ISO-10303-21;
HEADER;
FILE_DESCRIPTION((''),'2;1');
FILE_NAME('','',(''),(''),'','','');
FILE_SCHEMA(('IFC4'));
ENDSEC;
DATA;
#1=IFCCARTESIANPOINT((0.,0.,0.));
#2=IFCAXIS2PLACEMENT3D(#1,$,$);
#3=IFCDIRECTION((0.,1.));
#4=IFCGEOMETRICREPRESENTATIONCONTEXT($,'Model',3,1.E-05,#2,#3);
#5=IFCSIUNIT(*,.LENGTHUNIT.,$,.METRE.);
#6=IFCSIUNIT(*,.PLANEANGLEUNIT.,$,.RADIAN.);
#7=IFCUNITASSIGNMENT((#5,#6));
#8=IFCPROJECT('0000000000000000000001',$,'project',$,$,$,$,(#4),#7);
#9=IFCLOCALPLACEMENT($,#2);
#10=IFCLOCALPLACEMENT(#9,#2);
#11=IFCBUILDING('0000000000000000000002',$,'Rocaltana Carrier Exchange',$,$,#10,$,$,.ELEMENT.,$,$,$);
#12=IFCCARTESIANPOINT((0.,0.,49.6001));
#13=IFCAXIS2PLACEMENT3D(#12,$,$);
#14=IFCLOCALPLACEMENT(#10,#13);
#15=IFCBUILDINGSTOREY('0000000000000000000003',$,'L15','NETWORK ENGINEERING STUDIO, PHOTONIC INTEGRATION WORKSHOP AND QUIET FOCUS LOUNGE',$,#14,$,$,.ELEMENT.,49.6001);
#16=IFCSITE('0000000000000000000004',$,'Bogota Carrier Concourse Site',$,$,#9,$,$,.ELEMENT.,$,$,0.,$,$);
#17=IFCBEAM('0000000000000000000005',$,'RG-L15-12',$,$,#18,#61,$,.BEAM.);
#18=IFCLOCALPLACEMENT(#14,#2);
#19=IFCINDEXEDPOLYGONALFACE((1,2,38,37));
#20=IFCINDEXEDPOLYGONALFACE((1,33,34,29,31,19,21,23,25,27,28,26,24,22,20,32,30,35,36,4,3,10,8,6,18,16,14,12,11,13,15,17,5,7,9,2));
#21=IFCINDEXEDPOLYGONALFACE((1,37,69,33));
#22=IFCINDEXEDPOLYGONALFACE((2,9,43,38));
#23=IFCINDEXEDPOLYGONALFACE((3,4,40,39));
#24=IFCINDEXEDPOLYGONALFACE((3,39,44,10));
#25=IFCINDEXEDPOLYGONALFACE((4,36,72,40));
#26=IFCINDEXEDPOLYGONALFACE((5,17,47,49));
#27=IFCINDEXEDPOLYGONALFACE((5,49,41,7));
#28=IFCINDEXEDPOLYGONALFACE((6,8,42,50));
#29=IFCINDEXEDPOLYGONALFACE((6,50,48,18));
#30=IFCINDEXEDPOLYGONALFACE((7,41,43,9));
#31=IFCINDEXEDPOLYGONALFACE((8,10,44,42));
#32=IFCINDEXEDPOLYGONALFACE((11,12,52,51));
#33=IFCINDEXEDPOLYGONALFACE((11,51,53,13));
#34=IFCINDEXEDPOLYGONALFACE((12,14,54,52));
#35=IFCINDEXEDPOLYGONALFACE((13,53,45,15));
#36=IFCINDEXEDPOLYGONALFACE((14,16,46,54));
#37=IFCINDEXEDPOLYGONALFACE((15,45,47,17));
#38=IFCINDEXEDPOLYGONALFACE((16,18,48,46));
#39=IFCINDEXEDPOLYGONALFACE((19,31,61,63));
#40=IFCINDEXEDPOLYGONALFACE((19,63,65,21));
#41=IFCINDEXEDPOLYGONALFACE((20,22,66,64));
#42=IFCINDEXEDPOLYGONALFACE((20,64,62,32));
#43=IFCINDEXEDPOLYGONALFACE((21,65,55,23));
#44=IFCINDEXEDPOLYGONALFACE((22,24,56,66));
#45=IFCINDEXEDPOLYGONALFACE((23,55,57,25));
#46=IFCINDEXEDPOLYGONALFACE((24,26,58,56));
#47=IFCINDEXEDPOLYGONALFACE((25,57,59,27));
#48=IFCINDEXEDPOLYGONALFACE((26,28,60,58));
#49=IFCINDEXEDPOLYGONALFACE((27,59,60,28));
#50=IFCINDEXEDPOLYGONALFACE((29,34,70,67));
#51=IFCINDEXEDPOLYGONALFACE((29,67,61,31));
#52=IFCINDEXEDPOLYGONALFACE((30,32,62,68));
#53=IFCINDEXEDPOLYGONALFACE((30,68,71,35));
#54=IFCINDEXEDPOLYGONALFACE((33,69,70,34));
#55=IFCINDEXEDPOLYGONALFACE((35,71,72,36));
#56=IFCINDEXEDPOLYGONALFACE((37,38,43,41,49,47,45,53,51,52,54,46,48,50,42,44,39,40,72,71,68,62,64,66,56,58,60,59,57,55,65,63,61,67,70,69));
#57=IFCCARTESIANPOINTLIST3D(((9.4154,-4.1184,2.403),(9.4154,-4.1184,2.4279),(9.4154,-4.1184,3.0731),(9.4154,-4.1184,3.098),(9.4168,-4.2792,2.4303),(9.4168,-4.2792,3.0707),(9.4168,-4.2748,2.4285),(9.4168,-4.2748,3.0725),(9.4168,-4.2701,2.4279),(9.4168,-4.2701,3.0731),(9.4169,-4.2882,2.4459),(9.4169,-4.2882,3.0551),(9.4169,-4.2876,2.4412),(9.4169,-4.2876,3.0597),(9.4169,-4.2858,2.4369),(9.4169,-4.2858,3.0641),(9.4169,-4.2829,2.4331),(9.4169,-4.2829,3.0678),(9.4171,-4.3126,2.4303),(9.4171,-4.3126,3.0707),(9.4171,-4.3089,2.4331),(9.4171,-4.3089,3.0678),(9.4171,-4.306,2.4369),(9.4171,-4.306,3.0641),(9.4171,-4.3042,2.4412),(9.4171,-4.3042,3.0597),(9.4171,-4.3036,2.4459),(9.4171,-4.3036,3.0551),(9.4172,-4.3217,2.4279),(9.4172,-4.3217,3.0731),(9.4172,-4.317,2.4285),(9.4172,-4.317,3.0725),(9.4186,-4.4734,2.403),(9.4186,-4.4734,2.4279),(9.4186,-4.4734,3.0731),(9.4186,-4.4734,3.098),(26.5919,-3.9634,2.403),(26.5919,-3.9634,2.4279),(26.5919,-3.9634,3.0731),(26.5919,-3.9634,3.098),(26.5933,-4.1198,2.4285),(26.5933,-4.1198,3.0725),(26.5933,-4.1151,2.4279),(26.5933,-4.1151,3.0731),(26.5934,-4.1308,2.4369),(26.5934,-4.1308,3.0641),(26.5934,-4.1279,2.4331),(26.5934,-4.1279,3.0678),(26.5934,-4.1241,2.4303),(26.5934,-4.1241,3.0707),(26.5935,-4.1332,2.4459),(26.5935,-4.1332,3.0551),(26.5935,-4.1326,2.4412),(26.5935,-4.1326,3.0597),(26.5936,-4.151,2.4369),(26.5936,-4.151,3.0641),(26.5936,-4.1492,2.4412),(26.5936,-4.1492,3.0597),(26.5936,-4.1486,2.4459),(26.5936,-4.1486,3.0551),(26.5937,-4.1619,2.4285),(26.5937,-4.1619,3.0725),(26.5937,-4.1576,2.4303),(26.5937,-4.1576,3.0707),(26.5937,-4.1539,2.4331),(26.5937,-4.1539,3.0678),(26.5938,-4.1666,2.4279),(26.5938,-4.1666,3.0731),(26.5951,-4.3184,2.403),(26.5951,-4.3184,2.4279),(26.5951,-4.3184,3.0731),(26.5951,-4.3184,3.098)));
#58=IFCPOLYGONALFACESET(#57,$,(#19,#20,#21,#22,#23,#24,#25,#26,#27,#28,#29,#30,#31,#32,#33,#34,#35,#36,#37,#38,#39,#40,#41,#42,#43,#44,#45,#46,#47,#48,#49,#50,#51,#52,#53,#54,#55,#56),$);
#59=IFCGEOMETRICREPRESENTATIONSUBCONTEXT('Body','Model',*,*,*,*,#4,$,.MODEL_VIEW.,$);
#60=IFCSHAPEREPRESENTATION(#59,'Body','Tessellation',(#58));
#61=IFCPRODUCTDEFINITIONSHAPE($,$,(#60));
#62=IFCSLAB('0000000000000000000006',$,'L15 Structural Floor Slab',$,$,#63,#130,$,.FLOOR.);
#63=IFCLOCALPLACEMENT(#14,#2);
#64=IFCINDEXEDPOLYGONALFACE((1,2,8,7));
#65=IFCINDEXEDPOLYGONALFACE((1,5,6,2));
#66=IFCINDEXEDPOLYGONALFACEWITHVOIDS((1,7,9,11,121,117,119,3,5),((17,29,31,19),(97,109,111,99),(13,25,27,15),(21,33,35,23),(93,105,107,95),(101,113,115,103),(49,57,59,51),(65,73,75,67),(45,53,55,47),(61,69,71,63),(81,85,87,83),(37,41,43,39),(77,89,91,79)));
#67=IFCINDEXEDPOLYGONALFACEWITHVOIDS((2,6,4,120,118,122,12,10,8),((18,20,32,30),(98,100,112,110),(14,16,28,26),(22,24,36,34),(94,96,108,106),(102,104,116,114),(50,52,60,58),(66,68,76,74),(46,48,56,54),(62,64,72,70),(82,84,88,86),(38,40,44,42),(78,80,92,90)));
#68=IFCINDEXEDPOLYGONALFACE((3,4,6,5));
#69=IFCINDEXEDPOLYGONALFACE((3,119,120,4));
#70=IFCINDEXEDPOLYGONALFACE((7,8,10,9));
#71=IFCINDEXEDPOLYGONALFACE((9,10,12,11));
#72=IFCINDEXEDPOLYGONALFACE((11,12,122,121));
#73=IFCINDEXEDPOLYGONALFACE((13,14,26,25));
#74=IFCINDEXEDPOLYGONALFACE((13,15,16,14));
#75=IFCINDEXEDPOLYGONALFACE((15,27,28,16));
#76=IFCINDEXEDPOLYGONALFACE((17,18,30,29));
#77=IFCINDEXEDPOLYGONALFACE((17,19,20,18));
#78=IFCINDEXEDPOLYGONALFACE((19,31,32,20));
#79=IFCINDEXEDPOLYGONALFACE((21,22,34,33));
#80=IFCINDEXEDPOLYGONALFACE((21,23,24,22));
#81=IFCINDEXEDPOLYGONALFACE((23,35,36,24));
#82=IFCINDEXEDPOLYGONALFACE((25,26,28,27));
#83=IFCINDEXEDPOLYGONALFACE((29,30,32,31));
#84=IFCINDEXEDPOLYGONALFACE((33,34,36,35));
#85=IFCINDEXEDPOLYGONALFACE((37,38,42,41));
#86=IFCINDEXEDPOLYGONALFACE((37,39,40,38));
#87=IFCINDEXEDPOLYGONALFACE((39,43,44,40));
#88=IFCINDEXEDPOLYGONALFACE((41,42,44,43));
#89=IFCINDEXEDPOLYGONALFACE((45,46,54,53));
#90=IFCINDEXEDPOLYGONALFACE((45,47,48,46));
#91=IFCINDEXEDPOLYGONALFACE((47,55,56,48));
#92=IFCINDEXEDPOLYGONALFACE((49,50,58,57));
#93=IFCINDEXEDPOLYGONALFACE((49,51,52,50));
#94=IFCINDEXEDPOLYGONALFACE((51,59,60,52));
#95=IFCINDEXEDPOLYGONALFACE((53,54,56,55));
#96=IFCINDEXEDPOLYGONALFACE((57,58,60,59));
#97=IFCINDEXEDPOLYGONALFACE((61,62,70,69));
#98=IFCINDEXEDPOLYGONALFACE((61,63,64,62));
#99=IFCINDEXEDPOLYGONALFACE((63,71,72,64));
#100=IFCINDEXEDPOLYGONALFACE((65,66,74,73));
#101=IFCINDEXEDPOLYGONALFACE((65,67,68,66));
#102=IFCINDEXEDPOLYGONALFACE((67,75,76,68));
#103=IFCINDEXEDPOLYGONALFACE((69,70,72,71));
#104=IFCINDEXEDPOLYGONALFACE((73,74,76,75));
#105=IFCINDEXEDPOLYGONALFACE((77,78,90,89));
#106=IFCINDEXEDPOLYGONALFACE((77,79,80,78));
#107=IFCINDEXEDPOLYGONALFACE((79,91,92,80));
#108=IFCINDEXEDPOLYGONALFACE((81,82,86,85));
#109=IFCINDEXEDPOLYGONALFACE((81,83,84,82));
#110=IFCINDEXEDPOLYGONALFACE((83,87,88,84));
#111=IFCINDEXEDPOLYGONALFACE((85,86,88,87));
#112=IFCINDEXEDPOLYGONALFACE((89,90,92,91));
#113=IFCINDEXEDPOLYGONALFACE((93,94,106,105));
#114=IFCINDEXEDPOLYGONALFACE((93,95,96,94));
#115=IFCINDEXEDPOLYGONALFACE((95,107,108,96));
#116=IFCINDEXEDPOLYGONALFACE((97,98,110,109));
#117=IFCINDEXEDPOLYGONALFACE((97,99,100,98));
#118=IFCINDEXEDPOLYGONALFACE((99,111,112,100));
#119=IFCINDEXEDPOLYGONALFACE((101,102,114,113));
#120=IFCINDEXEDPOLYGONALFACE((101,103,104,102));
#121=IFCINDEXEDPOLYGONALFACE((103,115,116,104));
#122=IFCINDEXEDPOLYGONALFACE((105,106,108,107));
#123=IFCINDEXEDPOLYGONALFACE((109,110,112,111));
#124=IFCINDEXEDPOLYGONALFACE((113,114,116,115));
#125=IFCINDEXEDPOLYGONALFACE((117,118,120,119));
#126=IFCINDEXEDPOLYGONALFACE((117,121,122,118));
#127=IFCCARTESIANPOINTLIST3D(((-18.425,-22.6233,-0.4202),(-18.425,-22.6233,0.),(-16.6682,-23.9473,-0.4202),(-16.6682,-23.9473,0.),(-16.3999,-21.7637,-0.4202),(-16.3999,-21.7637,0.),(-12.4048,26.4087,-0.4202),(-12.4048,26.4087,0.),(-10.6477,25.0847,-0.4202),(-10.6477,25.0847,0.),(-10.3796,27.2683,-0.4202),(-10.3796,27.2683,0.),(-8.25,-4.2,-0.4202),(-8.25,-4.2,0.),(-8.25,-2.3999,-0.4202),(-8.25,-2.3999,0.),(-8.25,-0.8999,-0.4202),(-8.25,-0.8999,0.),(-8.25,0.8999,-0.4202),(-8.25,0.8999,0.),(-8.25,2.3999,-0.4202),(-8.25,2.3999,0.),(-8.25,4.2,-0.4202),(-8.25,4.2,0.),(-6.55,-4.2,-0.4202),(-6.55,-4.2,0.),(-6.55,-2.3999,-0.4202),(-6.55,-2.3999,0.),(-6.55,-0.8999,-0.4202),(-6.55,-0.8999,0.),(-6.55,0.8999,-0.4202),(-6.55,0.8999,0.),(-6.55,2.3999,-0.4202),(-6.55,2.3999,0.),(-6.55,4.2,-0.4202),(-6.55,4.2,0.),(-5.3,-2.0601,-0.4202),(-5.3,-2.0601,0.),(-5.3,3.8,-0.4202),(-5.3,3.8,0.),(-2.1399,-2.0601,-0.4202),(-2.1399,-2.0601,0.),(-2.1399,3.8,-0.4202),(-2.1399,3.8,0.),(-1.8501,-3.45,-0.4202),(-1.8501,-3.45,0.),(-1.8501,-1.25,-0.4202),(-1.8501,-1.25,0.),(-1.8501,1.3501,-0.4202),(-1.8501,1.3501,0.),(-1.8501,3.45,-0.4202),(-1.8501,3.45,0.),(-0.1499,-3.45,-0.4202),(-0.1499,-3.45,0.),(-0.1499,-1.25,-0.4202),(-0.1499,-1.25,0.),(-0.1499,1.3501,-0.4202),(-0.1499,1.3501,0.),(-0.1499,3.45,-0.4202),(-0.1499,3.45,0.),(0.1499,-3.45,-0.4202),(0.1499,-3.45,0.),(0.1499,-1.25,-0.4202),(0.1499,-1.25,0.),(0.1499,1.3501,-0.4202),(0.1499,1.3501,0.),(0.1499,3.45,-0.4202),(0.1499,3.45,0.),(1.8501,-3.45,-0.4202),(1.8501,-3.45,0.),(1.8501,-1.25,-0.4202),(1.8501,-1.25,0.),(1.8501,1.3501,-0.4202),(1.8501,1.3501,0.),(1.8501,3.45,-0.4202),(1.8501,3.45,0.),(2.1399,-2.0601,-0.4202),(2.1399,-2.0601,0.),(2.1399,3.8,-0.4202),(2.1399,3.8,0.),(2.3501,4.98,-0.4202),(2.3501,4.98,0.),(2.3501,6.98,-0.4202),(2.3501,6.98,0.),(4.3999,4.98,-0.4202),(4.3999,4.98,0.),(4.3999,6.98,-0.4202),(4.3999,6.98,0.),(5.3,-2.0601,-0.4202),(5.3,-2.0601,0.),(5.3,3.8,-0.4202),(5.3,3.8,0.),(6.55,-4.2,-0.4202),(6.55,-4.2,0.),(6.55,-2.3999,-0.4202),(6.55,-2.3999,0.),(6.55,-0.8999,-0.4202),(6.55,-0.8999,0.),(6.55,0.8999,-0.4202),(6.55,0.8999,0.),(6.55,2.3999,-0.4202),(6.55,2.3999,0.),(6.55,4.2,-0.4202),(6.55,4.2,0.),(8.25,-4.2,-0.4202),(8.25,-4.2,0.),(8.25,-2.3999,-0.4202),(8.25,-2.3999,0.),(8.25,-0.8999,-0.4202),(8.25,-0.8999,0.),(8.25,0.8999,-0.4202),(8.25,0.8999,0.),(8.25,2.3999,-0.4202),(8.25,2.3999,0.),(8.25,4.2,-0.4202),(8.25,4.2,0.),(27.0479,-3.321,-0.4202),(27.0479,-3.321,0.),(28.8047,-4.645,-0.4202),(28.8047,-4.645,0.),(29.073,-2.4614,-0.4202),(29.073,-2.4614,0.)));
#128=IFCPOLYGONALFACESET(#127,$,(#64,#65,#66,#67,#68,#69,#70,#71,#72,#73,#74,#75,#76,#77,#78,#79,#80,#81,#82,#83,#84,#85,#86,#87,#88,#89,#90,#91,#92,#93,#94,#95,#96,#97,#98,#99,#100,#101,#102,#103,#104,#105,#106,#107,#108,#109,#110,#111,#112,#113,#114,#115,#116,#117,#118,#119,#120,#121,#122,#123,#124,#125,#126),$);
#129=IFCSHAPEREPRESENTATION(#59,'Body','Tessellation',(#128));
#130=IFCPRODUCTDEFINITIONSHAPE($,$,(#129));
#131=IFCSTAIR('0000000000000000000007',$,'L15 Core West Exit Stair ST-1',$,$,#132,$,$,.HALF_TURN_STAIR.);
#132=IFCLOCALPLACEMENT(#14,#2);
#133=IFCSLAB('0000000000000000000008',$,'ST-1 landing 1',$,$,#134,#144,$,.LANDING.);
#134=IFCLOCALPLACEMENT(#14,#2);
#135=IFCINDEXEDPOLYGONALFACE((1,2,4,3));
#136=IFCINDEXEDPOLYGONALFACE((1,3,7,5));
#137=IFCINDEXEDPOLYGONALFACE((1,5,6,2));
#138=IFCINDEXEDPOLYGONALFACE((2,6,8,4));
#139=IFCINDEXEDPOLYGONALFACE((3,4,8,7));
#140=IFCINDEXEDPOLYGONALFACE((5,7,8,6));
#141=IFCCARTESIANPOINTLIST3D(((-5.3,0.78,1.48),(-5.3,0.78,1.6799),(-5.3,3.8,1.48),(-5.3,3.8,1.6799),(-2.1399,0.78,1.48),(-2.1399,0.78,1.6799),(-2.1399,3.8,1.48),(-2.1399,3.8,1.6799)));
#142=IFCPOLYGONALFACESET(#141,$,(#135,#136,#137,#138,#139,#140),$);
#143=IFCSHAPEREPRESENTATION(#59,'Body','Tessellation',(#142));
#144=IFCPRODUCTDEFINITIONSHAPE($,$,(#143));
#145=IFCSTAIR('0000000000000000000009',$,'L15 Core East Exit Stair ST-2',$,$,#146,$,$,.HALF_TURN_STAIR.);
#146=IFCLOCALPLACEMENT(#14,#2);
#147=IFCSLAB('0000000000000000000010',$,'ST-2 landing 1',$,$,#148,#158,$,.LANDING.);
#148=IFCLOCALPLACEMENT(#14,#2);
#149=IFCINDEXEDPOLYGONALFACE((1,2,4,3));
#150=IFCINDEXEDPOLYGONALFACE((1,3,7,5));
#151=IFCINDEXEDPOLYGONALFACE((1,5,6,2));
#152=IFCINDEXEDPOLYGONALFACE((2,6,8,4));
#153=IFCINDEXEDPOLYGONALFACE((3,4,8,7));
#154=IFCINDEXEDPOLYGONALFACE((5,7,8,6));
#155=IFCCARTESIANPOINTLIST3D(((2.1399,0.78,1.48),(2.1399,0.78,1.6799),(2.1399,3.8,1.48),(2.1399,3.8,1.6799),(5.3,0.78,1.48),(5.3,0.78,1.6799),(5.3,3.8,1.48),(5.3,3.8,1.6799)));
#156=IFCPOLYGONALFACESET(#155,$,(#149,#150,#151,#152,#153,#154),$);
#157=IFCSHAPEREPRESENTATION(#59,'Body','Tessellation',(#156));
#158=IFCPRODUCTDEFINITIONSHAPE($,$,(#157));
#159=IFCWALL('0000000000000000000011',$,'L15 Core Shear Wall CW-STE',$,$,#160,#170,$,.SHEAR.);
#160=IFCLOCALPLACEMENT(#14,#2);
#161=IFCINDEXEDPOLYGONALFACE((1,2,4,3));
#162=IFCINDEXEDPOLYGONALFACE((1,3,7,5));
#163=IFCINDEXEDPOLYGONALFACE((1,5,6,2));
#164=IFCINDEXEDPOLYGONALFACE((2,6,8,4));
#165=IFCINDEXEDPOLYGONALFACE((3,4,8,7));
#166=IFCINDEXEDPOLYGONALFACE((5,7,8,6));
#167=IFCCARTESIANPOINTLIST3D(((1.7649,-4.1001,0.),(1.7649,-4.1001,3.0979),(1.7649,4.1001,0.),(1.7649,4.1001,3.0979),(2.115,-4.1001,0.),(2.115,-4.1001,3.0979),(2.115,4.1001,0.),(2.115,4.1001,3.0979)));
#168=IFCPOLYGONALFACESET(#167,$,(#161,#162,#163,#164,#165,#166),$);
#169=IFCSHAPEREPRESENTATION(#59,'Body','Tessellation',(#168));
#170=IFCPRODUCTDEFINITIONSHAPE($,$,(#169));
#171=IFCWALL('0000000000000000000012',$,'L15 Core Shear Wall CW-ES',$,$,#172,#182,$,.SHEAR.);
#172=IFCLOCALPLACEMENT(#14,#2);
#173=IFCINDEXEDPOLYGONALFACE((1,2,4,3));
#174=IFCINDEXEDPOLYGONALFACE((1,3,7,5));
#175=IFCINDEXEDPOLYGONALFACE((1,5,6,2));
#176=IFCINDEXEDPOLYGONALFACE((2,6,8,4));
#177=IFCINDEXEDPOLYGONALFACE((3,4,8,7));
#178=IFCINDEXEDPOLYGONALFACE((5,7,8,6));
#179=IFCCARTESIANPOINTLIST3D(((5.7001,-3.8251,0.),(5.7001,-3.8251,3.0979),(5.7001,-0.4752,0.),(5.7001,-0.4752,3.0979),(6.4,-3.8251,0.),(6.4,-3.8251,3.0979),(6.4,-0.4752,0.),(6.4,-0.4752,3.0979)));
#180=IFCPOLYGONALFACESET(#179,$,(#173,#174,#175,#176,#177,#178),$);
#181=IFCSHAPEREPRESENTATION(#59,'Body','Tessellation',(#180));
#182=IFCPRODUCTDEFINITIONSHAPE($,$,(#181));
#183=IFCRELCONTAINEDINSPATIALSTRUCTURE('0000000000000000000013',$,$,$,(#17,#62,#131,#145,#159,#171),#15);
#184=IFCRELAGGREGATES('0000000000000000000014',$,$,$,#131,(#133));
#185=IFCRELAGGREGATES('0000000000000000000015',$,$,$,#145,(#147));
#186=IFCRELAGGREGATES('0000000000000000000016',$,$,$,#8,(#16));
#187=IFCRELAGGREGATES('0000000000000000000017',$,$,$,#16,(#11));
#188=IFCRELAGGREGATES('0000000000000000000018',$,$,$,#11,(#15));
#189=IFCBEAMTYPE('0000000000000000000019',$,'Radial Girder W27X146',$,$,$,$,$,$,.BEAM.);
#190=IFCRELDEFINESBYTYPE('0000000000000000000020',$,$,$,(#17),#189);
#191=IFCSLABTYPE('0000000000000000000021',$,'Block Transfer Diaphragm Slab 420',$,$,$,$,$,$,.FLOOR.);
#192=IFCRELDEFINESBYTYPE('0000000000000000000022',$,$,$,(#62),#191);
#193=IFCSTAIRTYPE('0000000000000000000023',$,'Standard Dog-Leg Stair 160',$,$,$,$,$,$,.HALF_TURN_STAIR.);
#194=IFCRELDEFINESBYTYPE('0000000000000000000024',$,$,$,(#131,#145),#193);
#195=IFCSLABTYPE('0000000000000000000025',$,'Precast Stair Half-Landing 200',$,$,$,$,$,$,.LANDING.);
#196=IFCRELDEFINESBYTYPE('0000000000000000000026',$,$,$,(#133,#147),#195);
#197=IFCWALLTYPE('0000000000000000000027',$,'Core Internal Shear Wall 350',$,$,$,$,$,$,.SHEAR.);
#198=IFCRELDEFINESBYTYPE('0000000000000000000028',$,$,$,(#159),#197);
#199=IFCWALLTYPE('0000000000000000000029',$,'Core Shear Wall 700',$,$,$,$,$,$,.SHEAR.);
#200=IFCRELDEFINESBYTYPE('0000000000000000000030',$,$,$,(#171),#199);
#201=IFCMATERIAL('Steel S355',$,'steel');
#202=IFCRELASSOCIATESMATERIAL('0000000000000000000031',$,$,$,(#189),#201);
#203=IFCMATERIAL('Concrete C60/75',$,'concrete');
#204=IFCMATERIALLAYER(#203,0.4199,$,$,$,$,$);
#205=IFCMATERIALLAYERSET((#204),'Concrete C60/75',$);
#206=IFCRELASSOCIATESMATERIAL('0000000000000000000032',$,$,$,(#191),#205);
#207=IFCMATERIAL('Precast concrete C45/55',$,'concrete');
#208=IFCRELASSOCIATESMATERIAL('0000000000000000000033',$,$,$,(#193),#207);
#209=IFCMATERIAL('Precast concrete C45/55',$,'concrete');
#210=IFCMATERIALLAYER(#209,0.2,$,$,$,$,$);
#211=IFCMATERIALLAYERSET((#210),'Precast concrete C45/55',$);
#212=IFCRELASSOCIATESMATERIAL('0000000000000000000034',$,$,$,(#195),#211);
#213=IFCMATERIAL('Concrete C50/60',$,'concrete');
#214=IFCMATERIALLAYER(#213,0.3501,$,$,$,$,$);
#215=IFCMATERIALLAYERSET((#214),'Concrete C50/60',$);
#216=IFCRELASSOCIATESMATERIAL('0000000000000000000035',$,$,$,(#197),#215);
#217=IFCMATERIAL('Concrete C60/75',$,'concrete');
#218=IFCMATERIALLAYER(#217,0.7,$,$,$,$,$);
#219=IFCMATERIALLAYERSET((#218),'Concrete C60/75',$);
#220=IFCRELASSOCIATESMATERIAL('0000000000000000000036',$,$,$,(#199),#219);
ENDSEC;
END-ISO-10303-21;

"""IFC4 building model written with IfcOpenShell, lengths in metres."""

from ifc_helpers import new_model, si_unit, direction, frame, frame_2d, origin, origin_2d, place, context, subcontext, project, spatial, polyline, rectangle, i_section, outline, extrude, material, layer, layer_set, material_profile, profile_set, type_object, element, aggregate, save


model = new_model("IFC4")

# Units and contexts
model_context = context("Model", 3, precision=1e-05, world=origin(), true_north=direction((0.0, 1.0)))
body_context = subcontext(model_context, "Body", "Model", "MODEL_VIEW")
ifc_project = project(units=[si_unit("LENGTHUNIT", "METRE"), si_unit("PLANEANGLEUNIT", "RADIAN")], contexts=[model_context])

# Site, building, storey
site_placement = place(None, origin())
site = spatial("IfcSite", under=ifc_project, at=site_placement, Name="Bogota Carrier Concourse Site", CompositionType="ELEMENT", RefElevation=0.0)
building_placement = place(site_placement, origin())
building = spatial("IfcBuilding", under=site, at=building_placement, Name="Rocaltana Carrier Exchange", CompositionType="ELEMENT")
storey_placement = place(building_placement, frame((0.0, 0.0, 49.6001)))
storey = spatial("IfcBuildingStorey", under=building, at=storey_placement, Name="L15", Description="NETWORK ENGINEERING STUDIO, PHOTONIC INTEGRATION WORKSHOP AND QUIET FOCUS LOUNGE", CompositionType="ELEMENT", Elevation=49.6001)

# Beam
ifc_material_1 = material(Name="Steel S355", Category="steel")
ifc_material_profile_1 = material_profile(ifc_material_1, i_section(OverallWidth=0.355, OverallDepth=0.6951, WebThickness=0.0154, FlangeThickness=0.0249, FilletRadius=0.0181, at=origin_2d()), Name="W27X146")
ifc_profile_set_1 = profile_set([ifc_material_profile_1], Name="Steel S355")
beam_type = type_object("IfcBeamType", Name="Radial Girder W27X146", PredefinedType="BEAM", material=ifc_profile_set_1)
beam_1_placement = place(storey_placement, frame((9.417, -4.2959, 2.7505), z_axis=(0.999959, 0.009025, 0.0), x_axis=(-0.009025, 0.999959, 0.0)))
element("IfcBeam", 1, at=beam_1_placement, inside=storey, type_object=beam_type, Name="RG-L15-12", PredefinedType="BEAM", context=body_context, shape_type="SweptSolid", body=[
    extrude(i_section(OverallWidth=0.355, OverallDepth=0.6951, WebThickness=0.0154, FlangeThickness=0.0249, FilletRadius=0.0181, at=origin_2d()), origin(), (0.0, 0.0, 1.0), 17.1772),
])

# Slab
ifc_material_2 = material(Name="Concrete C60/75", Category="concrete")
ifc_layer_1 = layer(ifc_material_2, 0.4199)
ifc_layer_set_1 = layer_set([ifc_layer_1], Name="Concrete C60/75")
slab_type_1 = type_object("IfcSlabType", Name="Block Transfer Diaphragm Slab 420", PredefinedType="FLOOR", material=ifc_layer_set_1)
slab_1_placement = place(storey_placement, frame((0.0, 0.0, -0.4202)))
element("IfcSlab", 2, at=slab_1_placement, inside=storey, type_object=slab_type_1, Name="L15 Structural Floor Slab", PredefinedType="FLOOR", context=body_context, shape_type="SweptSolid", body=[
    extrude(outline(polyline([(28.8047, -4.645), (27.0479, -3.321), (29.073, -2.4614), (-10.3796, 27.2683), (-10.6477, 25.0847), (-12.4048, 26.4087), (-18.425, -22.6233), (-16.3999, -21.7637), (-16.6682, -23.9473), (28.8047, -4.645)]), holes=[polyline([(-5.3, -2.0601), (-2.1399, -2.0601), (-2.1399, 3.8), (-5.3, 3.8), (-5.3, -2.0601)]), polyline([(2.1399, -2.0601), (5.3, -2.0601), (5.3, 3.8), (2.1399, 3.8), (2.1399, -2.0601)]), polyline([(-1.8501, -3.45), (-0.1499, -3.45), (-0.1499, -1.25), (-1.8501, -1.25), (-1.8501, -3.45)]), polyline([(0.1499, -3.45), (1.8501, -3.45), (1.8501, -1.25), (0.1499, -1.25), (0.1499, -3.45)]), polyline([(2.3501, 4.98), (4.3999, 4.98), (4.3999, 6.98), (2.3501, 6.98), (2.3501, 4.98)]), polyline([(-1.8501, 1.3501), (-0.1499, 1.3501), (-0.1499, 3.45), (-1.8501, 3.45), (-1.8501, 1.3501)]), polyline([(0.1499, 1.3501), (1.8501, 1.3501), (1.8501, 3.45), (0.1499, 3.45), (0.1499, 1.3501)]), polyline([(-8.25, -4.2), (-6.55, -4.2), (-6.55, -2.3999), (-8.25, -2.3999), (-8.25, -4.2)]), polyline([(-8.25, -0.8999), (-6.55, -0.8999), (-6.55, 0.8999), (-8.25, 0.8999), (-8.25, -0.8999)]), polyline([(-8.25, 2.3999), (-6.55, 2.3999), (-6.55, 4.2), (-8.25, 4.2), (-8.25, 2.3999)]), polyline([(6.55, -4.2), (8.25, -4.2), (8.25, -2.3999), (6.55, -2.3999), (6.55, -4.2)]), polyline([(6.55, -0.8999), (8.25, -0.8999), (8.25, 0.8999), (6.55, 0.8999), (6.55, -0.8999)]), polyline([(6.55, 2.3999), (8.25, 2.3999), (8.25, 4.2), (6.55, 4.2), (6.55, 2.3999)])]), origin(), (0.0, 0.0, 1.0), 0.4202),
])

# Stairs, slabs
ifc_material_3 = material(Name="Precast concrete C45/55", Category="concrete")
stair_type = type_object("IfcStairType", Name="Standard Dog-Leg Stair 160", PredefinedType="HALF_TURN_STAIR", material=ifc_material_3)
stair_1_placement = place(storey_placement, origin())
stair_1 = element("IfcStair", 3, at=stair_1_placement, inside=storey, type_object=stair_type, Name="L15 Core West Exit Stair ST-1", PredefinedType="HALF_TURN_STAIR")
ifc_material_4 = material(Name="Precast concrete C45/55", Category="concrete")
ifc_layer_2 = layer(ifc_material_4, 0.2)
ifc_layer_set_2 = layer_set([ifc_layer_2], Name="Precast concrete C45/55")
slab_type_2 = type_object("IfcSlabType", Name="Precast Stair Half-Landing 200", PredefinedType="LANDING", material=ifc_layer_set_2)
slab_2_placement = place(storey_placement, frame((0.0, 0.0, 1.48)))
slab_2 = element("IfcSlab", 4, at=slab_2_placement, type_object=slab_type_2, Name="ST-1 landing 1", PredefinedType="LANDING", context=body_context, shape_type="SweptSolid", body=[
    extrude(outline(polyline([(-2.1399, 0.78), (-2.1399, 3.8), (-5.3, 3.8), (-5.3, 0.78), (-2.1399, 0.78)])), origin(), (0.0, 0.0, 1.0), 0.2),
])
aggregate(stair_1, [slab_2])
stair_2_placement = place(storey_placement, origin())
stair_2 = element("IfcStair", 5, at=stair_2_placement, inside=storey, type_object=stair_type, Name="L15 Core East Exit Stair ST-2", PredefinedType="HALF_TURN_STAIR")
slab_3_placement = place(storey_placement, frame((0.0, 0.0, 1.48)))
slab_3 = element("IfcSlab", 6, at=slab_3_placement, type_object=slab_type_2, Name="ST-2 landing 1", PredefinedType="LANDING", context=body_context, shape_type="SweptSolid", body=[
    extrude(outline(polyline([(5.3, 0.78), (5.3, 3.8), (2.1399, 3.8), (2.1399, 0.78), (5.3, 0.78)])), origin(), (0.0, 0.0, 1.0), 0.2),
])

# Walls
ifc_material_5 = material(Name="Concrete C50/60", Category="concrete")
ifc_layer_3 = layer(ifc_material_5, 0.3501)
ifc_layer_set_3 = layer_set([ifc_layer_3], Name="Concrete C50/60")
wall_type_1 = type_object("IfcWallType", Name="Core Internal Shear Wall 350", PredefinedType="SHEAR", material=ifc_layer_set_3)
wall_1_placement = place(storey_placement, frame((1.9399, -4.1001, 0.0), z_axis=(0.0, 0.0, 1.0), x_axis=(0.0, 1.0, 0.0)))
element("IfcWall", 7, at=wall_1_placement, inside=storey, type_object=wall_type_1, Name="L15 Core Shear Wall CW-STE", PredefinedType="SHEAR", context=body_context, shape_type="SweptSolid", body=[
    extrude(rectangle(XDim=8.2002, YDim=0.3501, at=frame_2d((4.1001, 0.0))), origin(), (0.0, 0.0, 1.0), 3.0979),
])
ifc_material_6 = material(Name="Concrete C60/75", Category="concrete")
ifc_layer_4 = layer(ifc_material_6, 0.7)
ifc_layer_set_4 = layer_set([ifc_layer_4], Name="Concrete C60/75")
wall_type_2 = type_object("IfcWallType", Name="Core Shear Wall 700", PredefinedType="SHEAR", material=ifc_layer_set_4)
wall_2_placement = place(storey_placement, frame((6.05, -3.825, 0.0), z_axis=(0.0, 0.0, 1.0), x_axis=(0.0, 1.0, 0.0)))
element("IfcWall", 8, at=wall_2_placement, inside=storey, type_object=wall_type_2, Name="L15 Core Shear Wall CW-ES", PredefinedType="SHEAR", context=body_context, shape_type="SweptSolid", body=[
    extrude(rectangle(XDim=3.3499, YDim=0.7, at=frame_2d((1.6748, 0.0))), origin(), (0.0, 0.0, 1.0), 3.0979),
])

aggregate(stair_2, [slab_3])

save(model, "model.ifc")
